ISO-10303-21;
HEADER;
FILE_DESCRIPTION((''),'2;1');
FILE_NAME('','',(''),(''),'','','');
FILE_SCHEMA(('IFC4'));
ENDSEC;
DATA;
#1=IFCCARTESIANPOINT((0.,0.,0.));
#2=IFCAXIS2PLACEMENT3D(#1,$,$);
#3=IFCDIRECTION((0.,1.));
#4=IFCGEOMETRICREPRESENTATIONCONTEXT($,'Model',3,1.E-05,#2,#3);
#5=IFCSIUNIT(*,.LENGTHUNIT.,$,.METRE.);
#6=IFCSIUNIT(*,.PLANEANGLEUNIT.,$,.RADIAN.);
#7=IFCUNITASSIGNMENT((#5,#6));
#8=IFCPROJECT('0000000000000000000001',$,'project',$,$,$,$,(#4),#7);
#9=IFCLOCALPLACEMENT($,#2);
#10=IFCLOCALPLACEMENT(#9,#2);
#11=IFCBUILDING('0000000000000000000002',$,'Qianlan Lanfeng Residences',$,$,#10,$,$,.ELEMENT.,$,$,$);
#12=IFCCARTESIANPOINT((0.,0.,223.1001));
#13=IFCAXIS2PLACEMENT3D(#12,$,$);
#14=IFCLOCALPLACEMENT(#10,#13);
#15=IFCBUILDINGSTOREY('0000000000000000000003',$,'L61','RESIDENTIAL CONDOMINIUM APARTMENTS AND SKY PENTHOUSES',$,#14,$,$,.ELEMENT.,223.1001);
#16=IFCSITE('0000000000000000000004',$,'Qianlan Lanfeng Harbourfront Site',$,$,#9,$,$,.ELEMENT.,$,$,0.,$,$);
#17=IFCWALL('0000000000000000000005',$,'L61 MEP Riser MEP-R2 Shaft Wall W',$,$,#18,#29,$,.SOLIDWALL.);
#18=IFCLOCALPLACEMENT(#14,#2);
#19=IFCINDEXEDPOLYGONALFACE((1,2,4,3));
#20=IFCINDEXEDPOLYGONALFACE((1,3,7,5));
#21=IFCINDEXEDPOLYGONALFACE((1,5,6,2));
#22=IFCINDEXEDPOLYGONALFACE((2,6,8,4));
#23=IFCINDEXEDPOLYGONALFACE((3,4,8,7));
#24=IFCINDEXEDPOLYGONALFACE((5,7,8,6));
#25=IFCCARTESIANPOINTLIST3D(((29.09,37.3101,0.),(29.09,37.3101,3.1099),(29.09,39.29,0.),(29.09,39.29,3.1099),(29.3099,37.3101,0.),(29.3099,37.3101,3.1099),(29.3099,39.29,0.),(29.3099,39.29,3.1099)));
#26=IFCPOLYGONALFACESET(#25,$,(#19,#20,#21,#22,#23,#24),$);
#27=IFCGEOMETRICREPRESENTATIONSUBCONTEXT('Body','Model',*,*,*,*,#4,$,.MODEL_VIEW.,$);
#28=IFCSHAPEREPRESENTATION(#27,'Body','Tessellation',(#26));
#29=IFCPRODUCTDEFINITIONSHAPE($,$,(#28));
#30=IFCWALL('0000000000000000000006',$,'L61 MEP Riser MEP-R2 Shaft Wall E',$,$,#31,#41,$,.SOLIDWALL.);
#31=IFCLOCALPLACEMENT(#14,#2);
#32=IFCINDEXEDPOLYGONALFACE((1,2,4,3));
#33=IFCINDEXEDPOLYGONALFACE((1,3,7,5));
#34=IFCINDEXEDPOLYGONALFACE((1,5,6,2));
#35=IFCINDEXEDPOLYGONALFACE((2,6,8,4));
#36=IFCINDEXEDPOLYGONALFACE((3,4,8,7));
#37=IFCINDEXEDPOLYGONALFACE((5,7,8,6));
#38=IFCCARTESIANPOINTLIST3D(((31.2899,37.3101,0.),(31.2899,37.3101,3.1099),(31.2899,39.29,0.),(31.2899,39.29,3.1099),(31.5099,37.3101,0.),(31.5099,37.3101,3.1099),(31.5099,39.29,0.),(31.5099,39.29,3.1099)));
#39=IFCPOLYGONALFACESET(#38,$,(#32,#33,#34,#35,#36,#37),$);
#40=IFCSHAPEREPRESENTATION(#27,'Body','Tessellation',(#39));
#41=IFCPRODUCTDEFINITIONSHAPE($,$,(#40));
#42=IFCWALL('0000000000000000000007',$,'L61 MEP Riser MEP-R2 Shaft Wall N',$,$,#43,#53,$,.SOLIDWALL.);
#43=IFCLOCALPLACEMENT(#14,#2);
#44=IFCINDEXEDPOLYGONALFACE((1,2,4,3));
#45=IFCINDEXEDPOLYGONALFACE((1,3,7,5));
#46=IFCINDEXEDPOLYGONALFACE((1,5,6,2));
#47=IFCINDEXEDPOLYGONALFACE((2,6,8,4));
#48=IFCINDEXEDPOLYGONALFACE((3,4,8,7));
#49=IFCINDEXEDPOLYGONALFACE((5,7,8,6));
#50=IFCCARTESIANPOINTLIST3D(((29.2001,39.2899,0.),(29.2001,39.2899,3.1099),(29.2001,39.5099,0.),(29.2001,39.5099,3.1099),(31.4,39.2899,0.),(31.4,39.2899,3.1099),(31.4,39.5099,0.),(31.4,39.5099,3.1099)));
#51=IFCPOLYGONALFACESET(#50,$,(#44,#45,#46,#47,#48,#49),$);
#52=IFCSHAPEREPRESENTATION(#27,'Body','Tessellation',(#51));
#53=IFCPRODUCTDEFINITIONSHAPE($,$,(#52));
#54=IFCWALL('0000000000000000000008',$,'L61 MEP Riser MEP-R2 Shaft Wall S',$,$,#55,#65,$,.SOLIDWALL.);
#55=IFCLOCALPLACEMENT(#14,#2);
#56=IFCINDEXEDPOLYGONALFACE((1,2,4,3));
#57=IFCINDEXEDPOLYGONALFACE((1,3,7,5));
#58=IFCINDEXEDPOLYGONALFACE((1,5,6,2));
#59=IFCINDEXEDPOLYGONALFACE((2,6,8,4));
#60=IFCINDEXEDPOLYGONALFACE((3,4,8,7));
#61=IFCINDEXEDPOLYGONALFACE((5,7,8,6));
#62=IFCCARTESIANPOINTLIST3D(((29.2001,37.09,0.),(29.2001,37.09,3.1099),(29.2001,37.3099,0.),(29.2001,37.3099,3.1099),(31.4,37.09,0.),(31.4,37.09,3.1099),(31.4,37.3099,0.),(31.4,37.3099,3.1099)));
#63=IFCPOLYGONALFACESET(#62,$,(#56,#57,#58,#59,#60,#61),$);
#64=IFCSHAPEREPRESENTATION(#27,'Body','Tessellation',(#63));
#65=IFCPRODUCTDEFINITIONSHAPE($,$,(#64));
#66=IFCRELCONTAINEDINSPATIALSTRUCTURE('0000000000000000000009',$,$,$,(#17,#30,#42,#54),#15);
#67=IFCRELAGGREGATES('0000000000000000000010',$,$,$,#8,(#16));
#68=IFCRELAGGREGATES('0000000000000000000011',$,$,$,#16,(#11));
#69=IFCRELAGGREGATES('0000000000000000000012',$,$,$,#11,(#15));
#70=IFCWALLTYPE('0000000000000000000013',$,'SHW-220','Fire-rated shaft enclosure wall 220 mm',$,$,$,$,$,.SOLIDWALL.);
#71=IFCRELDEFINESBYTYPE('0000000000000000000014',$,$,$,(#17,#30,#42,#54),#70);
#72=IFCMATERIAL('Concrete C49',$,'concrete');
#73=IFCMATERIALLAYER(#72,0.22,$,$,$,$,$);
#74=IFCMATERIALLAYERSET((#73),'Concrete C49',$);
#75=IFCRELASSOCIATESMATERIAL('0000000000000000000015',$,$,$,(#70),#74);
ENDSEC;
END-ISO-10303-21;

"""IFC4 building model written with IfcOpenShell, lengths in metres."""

from ifc_helpers import new_model, si_unit, direction, frame, frame_2d, origin, place, context, subcontext, project, spatial, rectangle, extrude, material, layer, layer_set, type_object, element, save


model = new_model("IFC4")

# Units and contexts
model_context = context("Model", 3, precision=1e-05, world=origin(), true_north=direction((0.0, 1.0)))
body_context = subcontext(model_context, "Body", "Model", "MODEL_VIEW")
ifc_project = project(units=[si_unit("LENGTHUNIT", "METRE"), si_unit("PLANEANGLEUNIT", "RADIAN")], contexts=[model_context])

# Site, building, storey
site_placement = place(None, origin())
site = spatial("IfcSite", under=ifc_project, at=site_placement, Name="Qianlan Lanfeng Harbourfront Site", CompositionType="ELEMENT", RefElevation=0.0)
building_placement = place(site_placement, origin())
building = spatial("IfcBuilding", under=site, at=building_placement, Name="Qianlan Lanfeng Residences", CompositionType="ELEMENT")
storey_placement = place(building_placement, frame((0.0, 0.0, 223.1001)))
storey = spatial("IfcBuildingStorey", under=building, at=storey_placement, Name="L61", Description="RESIDENTIAL CONDOMINIUM APARTMENTS AND SKY PENTHOUSES", CompositionType="ELEMENT", Elevation=223.1001)

# Walls
ifc_material_1 = material(Name="Concrete C49", Category="concrete")
ifc_layer_1 = layer(ifc_material_1, 0.22)
ifc_layer_set_1 = layer_set([ifc_layer_1], Name="Concrete C49")
wall_type_1 = type_object("IfcWallType", Name="SHW-220", Description="Fire-rated shaft enclosure wall 220 mm", PredefinedType="SOLIDWALL", material=ifc_layer_set_1)
for number, where, z_axis, x_axis, name in (
    (1, (29.2, 37.3101, 0.0), (0.0, 0.0, 1.0), (0.0, 1.0, 0.0), "L61 MEP Riser MEP-R2 Shaft Wall W"),
    (2, (31.3999, 37.3101, 0.0), (0.0, 0.0, 1.0), (0.0, 1.0, 0.0), "L61 MEP Riser MEP-R2 Shaft Wall E"),
):
    element("IfcWall", number, at=place(storey_placement, frame(where, z_axis=z_axis, x_axis=x_axis)), inside=storey, type_object=wall_type_1, Name=name, PredefinedType="SOLIDWALL", context=body_context, shape_type="SweptSolid", body=[
        extrude(rectangle(XDim=1.98, YDim=0.22, at=frame_2d((0.99, 0.0))), origin(), (0.0, 0.0, 1.0), 3.1099),
    ])
for number, where, z_axis, x_axis, name in (
    (3, (29.2, 39.3999, 0.0), (0.0, 0.0, 1.0), (1.0, 0.0, 0.0), "L61 MEP Riser MEP-R2 Shaft Wall N"),
    (4, (29.2, 37.2, 0.0), (0.0, 0.0, 1.0), (1.0, 0.0, 0.0), "L61 MEP Riser MEP-R2 Shaft Wall S"),
):
    element("IfcWall", number, at=place(storey_placement, frame(where, z_axis=z_axis, x_axis=x_axis)), inside=storey, type_object=wall_type_1, Name=name, PredefinedType="SOLIDWALL", context=body_context, shape_type="SweptSolid", body=[
        extrude(rectangle(XDim=2.2, YDim=0.22, at=frame_2d((1.1001, 0.0))), origin(), (0.0, 0.0, 1.0), 3.1099),
    ])

save(model, "model.ifc")
